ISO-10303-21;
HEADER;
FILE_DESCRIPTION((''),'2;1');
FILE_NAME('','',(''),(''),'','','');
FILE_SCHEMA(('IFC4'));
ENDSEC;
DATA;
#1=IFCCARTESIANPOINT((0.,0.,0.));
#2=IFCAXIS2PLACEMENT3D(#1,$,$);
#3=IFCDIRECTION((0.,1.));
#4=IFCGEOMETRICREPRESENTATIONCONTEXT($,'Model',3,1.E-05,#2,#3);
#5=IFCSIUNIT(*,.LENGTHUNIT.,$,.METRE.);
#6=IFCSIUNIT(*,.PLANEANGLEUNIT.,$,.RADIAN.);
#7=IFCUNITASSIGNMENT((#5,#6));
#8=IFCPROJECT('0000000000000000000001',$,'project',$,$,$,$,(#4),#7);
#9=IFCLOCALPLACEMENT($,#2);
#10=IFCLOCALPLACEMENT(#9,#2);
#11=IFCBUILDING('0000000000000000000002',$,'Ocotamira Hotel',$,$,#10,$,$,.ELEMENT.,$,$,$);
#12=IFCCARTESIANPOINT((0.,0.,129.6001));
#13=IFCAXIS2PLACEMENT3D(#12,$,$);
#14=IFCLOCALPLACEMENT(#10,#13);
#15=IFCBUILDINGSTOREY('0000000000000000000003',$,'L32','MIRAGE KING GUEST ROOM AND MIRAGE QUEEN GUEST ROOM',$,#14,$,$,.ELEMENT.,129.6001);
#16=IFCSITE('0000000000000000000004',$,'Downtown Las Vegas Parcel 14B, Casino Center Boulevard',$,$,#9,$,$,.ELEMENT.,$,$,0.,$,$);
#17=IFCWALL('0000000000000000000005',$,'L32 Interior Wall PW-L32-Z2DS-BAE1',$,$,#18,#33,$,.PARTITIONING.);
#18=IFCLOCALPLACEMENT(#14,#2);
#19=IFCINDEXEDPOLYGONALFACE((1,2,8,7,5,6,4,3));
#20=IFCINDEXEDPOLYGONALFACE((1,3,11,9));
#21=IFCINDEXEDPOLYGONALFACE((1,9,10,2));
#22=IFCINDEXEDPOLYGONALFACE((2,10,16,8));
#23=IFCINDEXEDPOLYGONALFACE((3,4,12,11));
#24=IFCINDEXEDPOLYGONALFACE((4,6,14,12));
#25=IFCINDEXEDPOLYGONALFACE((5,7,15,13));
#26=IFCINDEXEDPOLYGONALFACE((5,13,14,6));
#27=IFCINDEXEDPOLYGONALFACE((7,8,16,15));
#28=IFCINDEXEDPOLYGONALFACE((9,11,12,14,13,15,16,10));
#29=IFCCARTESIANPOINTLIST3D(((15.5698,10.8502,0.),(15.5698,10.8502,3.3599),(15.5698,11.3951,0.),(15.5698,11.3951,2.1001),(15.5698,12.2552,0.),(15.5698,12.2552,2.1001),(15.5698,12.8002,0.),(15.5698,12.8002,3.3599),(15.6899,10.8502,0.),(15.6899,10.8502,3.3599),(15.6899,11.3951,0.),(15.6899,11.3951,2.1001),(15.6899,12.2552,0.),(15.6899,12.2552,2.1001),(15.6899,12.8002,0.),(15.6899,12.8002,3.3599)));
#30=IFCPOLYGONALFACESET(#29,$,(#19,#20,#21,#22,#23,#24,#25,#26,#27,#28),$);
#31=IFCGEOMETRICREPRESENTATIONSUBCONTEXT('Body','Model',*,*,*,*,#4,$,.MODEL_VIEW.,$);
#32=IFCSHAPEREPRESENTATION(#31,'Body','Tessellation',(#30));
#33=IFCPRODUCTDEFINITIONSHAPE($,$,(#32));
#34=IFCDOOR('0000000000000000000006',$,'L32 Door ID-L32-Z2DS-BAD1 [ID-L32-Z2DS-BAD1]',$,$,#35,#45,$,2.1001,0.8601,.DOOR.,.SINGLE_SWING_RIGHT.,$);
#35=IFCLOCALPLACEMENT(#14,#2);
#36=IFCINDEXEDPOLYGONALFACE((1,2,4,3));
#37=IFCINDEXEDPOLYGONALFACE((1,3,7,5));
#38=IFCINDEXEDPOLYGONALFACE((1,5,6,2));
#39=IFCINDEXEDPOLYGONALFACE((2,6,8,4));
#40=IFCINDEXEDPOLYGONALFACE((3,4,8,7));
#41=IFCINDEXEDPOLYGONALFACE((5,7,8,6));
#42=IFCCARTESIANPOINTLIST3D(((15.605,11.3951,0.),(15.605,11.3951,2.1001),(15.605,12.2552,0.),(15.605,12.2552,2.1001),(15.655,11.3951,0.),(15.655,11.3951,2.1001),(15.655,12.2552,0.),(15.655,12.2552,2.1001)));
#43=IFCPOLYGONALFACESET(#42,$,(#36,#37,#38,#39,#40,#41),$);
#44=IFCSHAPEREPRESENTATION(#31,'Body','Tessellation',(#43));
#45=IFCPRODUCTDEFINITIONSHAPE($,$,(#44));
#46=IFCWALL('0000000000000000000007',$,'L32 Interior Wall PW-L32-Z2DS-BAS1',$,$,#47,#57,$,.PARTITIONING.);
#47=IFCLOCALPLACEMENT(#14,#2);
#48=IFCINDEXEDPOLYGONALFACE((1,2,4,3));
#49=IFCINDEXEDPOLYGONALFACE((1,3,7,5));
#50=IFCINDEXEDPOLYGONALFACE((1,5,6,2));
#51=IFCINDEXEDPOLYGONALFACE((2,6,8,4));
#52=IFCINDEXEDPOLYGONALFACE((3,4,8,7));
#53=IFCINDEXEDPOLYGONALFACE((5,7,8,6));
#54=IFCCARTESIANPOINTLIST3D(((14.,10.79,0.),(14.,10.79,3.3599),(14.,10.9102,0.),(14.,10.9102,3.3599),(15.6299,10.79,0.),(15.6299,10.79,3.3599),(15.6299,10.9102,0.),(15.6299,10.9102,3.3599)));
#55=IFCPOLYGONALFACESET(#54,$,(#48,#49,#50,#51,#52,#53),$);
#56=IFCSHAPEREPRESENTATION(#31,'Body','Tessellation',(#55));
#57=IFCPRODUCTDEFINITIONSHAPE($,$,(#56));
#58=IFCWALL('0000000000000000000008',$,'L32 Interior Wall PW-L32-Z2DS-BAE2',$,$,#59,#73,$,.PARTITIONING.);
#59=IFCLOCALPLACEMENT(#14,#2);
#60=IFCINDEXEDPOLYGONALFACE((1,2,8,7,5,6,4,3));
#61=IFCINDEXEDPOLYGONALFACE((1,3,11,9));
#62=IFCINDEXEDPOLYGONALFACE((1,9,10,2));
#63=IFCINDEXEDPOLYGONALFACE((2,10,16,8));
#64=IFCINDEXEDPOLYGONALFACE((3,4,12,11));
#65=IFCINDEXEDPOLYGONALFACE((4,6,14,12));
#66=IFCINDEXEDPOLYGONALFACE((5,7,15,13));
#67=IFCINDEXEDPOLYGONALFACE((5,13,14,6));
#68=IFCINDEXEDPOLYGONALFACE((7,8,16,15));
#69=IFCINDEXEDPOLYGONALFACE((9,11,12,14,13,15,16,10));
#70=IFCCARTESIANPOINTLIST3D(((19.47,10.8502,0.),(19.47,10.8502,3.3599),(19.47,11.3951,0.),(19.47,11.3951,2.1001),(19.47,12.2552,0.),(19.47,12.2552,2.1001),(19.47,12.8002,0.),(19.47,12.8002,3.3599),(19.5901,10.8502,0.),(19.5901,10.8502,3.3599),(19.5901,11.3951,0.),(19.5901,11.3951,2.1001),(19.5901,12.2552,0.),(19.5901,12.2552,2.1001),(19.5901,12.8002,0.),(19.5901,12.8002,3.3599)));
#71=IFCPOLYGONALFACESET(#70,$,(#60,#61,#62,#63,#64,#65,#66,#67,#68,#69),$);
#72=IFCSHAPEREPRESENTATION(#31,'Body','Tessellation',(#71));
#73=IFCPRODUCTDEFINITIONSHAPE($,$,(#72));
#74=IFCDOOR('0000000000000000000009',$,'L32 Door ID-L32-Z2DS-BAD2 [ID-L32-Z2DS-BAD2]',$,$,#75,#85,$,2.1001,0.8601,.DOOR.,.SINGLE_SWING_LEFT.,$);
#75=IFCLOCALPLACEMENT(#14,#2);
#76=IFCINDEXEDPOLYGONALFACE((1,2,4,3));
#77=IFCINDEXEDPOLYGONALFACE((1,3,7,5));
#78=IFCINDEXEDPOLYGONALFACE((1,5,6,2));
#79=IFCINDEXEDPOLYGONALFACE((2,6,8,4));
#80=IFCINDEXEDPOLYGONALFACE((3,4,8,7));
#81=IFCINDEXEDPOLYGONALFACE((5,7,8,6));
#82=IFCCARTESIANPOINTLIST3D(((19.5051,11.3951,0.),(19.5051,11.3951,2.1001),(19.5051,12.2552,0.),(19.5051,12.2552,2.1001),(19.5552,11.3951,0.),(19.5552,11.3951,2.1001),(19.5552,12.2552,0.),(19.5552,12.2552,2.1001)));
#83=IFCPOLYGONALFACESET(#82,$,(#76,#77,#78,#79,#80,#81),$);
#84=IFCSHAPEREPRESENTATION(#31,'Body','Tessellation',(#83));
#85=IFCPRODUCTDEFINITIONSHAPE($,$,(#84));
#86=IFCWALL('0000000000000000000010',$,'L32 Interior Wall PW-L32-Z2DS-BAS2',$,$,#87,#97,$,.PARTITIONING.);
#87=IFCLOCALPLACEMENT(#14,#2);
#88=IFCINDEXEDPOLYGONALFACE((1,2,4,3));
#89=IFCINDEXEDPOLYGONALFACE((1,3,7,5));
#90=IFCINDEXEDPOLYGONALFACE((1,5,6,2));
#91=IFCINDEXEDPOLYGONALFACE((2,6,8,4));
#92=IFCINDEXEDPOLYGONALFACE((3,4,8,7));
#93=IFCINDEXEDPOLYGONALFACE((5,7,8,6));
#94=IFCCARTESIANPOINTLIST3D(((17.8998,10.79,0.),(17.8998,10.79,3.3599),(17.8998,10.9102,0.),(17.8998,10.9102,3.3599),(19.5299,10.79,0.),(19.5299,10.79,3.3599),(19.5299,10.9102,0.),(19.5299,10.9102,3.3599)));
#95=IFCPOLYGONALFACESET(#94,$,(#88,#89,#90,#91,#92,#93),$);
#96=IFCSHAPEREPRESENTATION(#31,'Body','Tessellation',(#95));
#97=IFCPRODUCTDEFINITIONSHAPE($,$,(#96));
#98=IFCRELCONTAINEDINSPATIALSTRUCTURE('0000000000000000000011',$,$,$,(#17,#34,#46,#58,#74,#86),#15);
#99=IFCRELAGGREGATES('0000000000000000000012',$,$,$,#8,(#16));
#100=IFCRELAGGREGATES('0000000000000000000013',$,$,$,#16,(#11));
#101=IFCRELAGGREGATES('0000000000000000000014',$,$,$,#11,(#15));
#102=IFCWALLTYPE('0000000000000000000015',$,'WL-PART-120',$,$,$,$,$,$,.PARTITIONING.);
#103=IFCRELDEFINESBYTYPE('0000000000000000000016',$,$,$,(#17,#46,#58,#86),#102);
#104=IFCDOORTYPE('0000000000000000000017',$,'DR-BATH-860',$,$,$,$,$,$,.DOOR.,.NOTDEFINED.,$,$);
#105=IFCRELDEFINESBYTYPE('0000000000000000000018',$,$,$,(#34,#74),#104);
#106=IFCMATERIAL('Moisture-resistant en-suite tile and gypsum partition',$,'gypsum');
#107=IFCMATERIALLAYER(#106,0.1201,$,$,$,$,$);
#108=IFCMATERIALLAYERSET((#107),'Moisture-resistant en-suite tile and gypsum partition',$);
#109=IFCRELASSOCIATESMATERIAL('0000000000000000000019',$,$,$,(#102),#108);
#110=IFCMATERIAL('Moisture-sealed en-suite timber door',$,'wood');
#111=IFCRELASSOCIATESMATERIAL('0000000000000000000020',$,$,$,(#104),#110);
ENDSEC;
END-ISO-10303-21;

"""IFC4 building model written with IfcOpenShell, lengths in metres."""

from ifc_helpers import new_model, si_unit, direction, frame, frame_2d, origin, place, context, subcontext, project, spatial, rectangle, extrude, source, transform, mapped, material, layer, layer_set, type_object, element, fill, save


model = new_model("IFC4")

# Units and contexts
model_context = context("Model", 3, precision=1e-05, world=origin(), true_north=direction((0.0, 1.0)))
body_context = subcontext(model_context, "Body", "Model", "MODEL_VIEW")
ifc_project = project(units=[si_unit("LENGTHUNIT", "METRE"), si_unit("PLANEANGLEUNIT", "RADIAN")], contexts=[model_context])

# Site, building, storey
site_placement = place(None, origin())
site = spatial("IfcSite", under=ifc_project, at=site_placement, Name="Downtown Las Vegas Parcel 14B, Casino Center Boulevard", CompositionType="ELEMENT", RefElevation=0.0)
building_placement = place(site_placement, origin())
building = spatial("IfcBuilding", under=site, at=building_placement, Name="Ocotamira Hotel", CompositionType="ELEMENT")
storey_placement = place(building_placement, frame((0.0, 0.0, 129.6001)))
storey = spatial("IfcBuildingStorey", under=building, at=storey_placement, Name="L32", Description="MIRAGE KING GUEST ROOM AND MIRAGE QUEEN GUEST ROOM", CompositionType="ELEMENT", Elevation=129.6001)

# Wall, opening, door
ifc_material_1 = material(Name="Moisture-resistant en-suite tile and gypsum partition", Category="gypsum")
ifc_layer_1 = layer(ifc_material_1, 0.1201)
ifc_layer_set_1 = layer_set([ifc_layer_1], Name="Moisture-resistant en-suite tile and gypsum partition")
wall_type_1 = type_object("IfcWallType", Name="WL-PART-120", PredefinedType="PARTITIONING", material=ifc_layer_set_1)
wall_1_placement = place(storey_placement, frame((15.6299, 10.8501, 0.0), z_axis=(0.0, 0.0, 1.0), x_axis=(0.0, 1.0, 0.0)))
wall_1 = element("IfcWall", 1, at=wall_1_placement, inside=storey, type_object=wall_type_1, Name="L32 Interior Wall PW-L32-Z2DS-BAE1", PredefinedType="PARTITIONING", context=body_context, shape_type="SweptSolid", body=[
    extrude(rectangle(XDim=1.95, YDim=0.1201, at=frame_2d((0.9751, 0.0))), origin(), (0.0, 0.0, 1.0), 3.3599),
])
opening_1_placement = place(wall_1_placement, frame((0.5449, 0.0, 0.0)))
opening_1 = element("IfcOpeningElement", 2, at=opening_1_placement, cuts=wall_1, PredefinedType="OPENING", context=body_context, shape_type="SweptSolid", body=[
    extrude(rectangle(XDim=0.8601, YDim=2.1001, at=frame_2d((0.4302, 1.05))), frame((0.0, 0.0701, 0.0), z_axis=(0.0, -1.0, 0.0), x_axis=(1.0, 0.0, 0.0)), (0.0, 0.0, 1.0), 0.1401),
])
ifc_material_2 = material(Name="Moisture-sealed en-suite timber door", Category="wood")
door_type_1 = type_object("IfcDoorType", Name="DR-BATH-860", OperationType="NOTDEFINED", PredefinedType="DOOR", material=ifc_material_2)
shared_shape_1 = source(origin(), body_context, "Body", "SweptSolid", [
    extrude(rectangle(XDim=0.8601, YDim=2.1001, at=frame_2d((0.4302, 1.05))), frame((0.0, 0.0249, 0.0), z_axis=(0.0, -1.0, 0.0), x_axis=(1.0, 0.0, 0.0)), (0.0, 0.0, 1.0), 0.05),
])
door_1_placement = place(opening_1_placement, origin())
door_1 = element("IfcDoor", 3, at=door_1_placement, inside=storey, type_object=door_type_1, Name="L32 Door ID-L32-Z2DS-BAD1 [ID-L32-Z2DS-BAD1]", OperationType="SINGLE_SWING_RIGHT", OverallHeight=2.1001, OverallWidth=0.8601, PredefinedType="DOOR", context=body_context, shape_type="MappedRepresentation", body=[
    mapped(shared_shape_1, transform((0.0, 0.0, 0.0), scale=1.0)),
])
fill(opening_1, door_1)

# Wall
wall_2_placement = place(storey_placement, frame((14.0, 10.8501, 0.0), z_axis=(0.0, 0.0, 1.0), x_axis=(1.0, 0.0, 0.0)))
element("IfcWall", 4, at=wall_2_placement, inside=storey, type_object=wall_type_1, Name="L32 Interior Wall PW-L32-Z2DS-BAS1", PredefinedType="PARTITIONING", context=body_context, shape_type="SweptSolid", body=[
    extrude(rectangle(XDim=1.6299, YDim=0.1201, at=frame_2d((0.8149, 0.0))), origin(), (0.0, 0.0, 1.0), 3.3599),
])

# Wall, opening, door
wall_3_placement = place(storey_placement, frame((19.53, 10.8501, 0.0), z_axis=(0.0, 0.0, 1.0), x_axis=(0.0, 1.0, 0.0)))
wall_3 = element("IfcWall", 5, at=wall_3_placement, inside=storey, type_object=wall_type_1, Name="L32 Interior Wall PW-L32-Z2DS-BAE2", PredefinedType="PARTITIONING", context=body_context, shape_type="SweptSolid", body=[
    extrude(rectangle(XDim=1.95, YDim=0.1201, at=frame_2d((0.9751, 0.0))), origin(), (0.0, 0.0, 1.0), 3.3599),
])
opening_2_placement = place(wall_3_placement, frame((0.5449, 0.0, 0.0)))
opening_2 = element("IfcOpeningElement", 6, at=opening_2_placement, cuts=wall_3, PredefinedType="OPENING", context=body_context, shape_type="SweptSolid", body=[
    extrude(rectangle(XDim=0.8601, YDim=2.1001, at=frame_2d((0.4302, 1.05))), frame((0.0, 0.0701, 0.0), z_axis=(0.0, -1.0, 0.0), x_axis=(1.0, 0.0, 0.0)), (0.0, 0.0, 1.0), 0.1401),
])
door_2_placement = place(opening_2_placement, origin())
door_2 = element("IfcDoor", 7, at=door_2_placement, inside=storey, type_object=door_type_1, Name="L32 Door ID-L32-Z2DS-BAD2 [ID-L32-Z2DS-BAD2]", OperationType="SINGLE_SWING_LEFT", OverallHeight=2.1001, OverallWidth=0.8601, PredefinedType="DOOR", context=body_context, shape_type="MappedRepresentation", body=[
    mapped(shared_shape_1, transform((0.0, 0.0, 0.0), scale=1.0)),
])
fill(opening_2, door_2)

# Wall
wall_4_placement = place(storey_placement, frame((17.8999, 10.8501, 0.0), z_axis=(0.0, 0.0, 1.0), x_axis=(1.0, 0.0, 0.0)))
element("IfcWall", 8, at=wall_4_placement, inside=storey, type_object=wall_type_1, Name="L32 Interior Wall PW-L32-Z2DS-BAS2", PredefinedType="PARTITIONING", context=body_context, shape_type="SweptSolid", body=[
    extrude(rectangle(XDim=1.6301, YDim=0.1201, at=frame_2d((0.8149, 0.0))), origin(), (0.0, 0.0, 1.0), 3.3599),
])

save(model, "model.ifc")
